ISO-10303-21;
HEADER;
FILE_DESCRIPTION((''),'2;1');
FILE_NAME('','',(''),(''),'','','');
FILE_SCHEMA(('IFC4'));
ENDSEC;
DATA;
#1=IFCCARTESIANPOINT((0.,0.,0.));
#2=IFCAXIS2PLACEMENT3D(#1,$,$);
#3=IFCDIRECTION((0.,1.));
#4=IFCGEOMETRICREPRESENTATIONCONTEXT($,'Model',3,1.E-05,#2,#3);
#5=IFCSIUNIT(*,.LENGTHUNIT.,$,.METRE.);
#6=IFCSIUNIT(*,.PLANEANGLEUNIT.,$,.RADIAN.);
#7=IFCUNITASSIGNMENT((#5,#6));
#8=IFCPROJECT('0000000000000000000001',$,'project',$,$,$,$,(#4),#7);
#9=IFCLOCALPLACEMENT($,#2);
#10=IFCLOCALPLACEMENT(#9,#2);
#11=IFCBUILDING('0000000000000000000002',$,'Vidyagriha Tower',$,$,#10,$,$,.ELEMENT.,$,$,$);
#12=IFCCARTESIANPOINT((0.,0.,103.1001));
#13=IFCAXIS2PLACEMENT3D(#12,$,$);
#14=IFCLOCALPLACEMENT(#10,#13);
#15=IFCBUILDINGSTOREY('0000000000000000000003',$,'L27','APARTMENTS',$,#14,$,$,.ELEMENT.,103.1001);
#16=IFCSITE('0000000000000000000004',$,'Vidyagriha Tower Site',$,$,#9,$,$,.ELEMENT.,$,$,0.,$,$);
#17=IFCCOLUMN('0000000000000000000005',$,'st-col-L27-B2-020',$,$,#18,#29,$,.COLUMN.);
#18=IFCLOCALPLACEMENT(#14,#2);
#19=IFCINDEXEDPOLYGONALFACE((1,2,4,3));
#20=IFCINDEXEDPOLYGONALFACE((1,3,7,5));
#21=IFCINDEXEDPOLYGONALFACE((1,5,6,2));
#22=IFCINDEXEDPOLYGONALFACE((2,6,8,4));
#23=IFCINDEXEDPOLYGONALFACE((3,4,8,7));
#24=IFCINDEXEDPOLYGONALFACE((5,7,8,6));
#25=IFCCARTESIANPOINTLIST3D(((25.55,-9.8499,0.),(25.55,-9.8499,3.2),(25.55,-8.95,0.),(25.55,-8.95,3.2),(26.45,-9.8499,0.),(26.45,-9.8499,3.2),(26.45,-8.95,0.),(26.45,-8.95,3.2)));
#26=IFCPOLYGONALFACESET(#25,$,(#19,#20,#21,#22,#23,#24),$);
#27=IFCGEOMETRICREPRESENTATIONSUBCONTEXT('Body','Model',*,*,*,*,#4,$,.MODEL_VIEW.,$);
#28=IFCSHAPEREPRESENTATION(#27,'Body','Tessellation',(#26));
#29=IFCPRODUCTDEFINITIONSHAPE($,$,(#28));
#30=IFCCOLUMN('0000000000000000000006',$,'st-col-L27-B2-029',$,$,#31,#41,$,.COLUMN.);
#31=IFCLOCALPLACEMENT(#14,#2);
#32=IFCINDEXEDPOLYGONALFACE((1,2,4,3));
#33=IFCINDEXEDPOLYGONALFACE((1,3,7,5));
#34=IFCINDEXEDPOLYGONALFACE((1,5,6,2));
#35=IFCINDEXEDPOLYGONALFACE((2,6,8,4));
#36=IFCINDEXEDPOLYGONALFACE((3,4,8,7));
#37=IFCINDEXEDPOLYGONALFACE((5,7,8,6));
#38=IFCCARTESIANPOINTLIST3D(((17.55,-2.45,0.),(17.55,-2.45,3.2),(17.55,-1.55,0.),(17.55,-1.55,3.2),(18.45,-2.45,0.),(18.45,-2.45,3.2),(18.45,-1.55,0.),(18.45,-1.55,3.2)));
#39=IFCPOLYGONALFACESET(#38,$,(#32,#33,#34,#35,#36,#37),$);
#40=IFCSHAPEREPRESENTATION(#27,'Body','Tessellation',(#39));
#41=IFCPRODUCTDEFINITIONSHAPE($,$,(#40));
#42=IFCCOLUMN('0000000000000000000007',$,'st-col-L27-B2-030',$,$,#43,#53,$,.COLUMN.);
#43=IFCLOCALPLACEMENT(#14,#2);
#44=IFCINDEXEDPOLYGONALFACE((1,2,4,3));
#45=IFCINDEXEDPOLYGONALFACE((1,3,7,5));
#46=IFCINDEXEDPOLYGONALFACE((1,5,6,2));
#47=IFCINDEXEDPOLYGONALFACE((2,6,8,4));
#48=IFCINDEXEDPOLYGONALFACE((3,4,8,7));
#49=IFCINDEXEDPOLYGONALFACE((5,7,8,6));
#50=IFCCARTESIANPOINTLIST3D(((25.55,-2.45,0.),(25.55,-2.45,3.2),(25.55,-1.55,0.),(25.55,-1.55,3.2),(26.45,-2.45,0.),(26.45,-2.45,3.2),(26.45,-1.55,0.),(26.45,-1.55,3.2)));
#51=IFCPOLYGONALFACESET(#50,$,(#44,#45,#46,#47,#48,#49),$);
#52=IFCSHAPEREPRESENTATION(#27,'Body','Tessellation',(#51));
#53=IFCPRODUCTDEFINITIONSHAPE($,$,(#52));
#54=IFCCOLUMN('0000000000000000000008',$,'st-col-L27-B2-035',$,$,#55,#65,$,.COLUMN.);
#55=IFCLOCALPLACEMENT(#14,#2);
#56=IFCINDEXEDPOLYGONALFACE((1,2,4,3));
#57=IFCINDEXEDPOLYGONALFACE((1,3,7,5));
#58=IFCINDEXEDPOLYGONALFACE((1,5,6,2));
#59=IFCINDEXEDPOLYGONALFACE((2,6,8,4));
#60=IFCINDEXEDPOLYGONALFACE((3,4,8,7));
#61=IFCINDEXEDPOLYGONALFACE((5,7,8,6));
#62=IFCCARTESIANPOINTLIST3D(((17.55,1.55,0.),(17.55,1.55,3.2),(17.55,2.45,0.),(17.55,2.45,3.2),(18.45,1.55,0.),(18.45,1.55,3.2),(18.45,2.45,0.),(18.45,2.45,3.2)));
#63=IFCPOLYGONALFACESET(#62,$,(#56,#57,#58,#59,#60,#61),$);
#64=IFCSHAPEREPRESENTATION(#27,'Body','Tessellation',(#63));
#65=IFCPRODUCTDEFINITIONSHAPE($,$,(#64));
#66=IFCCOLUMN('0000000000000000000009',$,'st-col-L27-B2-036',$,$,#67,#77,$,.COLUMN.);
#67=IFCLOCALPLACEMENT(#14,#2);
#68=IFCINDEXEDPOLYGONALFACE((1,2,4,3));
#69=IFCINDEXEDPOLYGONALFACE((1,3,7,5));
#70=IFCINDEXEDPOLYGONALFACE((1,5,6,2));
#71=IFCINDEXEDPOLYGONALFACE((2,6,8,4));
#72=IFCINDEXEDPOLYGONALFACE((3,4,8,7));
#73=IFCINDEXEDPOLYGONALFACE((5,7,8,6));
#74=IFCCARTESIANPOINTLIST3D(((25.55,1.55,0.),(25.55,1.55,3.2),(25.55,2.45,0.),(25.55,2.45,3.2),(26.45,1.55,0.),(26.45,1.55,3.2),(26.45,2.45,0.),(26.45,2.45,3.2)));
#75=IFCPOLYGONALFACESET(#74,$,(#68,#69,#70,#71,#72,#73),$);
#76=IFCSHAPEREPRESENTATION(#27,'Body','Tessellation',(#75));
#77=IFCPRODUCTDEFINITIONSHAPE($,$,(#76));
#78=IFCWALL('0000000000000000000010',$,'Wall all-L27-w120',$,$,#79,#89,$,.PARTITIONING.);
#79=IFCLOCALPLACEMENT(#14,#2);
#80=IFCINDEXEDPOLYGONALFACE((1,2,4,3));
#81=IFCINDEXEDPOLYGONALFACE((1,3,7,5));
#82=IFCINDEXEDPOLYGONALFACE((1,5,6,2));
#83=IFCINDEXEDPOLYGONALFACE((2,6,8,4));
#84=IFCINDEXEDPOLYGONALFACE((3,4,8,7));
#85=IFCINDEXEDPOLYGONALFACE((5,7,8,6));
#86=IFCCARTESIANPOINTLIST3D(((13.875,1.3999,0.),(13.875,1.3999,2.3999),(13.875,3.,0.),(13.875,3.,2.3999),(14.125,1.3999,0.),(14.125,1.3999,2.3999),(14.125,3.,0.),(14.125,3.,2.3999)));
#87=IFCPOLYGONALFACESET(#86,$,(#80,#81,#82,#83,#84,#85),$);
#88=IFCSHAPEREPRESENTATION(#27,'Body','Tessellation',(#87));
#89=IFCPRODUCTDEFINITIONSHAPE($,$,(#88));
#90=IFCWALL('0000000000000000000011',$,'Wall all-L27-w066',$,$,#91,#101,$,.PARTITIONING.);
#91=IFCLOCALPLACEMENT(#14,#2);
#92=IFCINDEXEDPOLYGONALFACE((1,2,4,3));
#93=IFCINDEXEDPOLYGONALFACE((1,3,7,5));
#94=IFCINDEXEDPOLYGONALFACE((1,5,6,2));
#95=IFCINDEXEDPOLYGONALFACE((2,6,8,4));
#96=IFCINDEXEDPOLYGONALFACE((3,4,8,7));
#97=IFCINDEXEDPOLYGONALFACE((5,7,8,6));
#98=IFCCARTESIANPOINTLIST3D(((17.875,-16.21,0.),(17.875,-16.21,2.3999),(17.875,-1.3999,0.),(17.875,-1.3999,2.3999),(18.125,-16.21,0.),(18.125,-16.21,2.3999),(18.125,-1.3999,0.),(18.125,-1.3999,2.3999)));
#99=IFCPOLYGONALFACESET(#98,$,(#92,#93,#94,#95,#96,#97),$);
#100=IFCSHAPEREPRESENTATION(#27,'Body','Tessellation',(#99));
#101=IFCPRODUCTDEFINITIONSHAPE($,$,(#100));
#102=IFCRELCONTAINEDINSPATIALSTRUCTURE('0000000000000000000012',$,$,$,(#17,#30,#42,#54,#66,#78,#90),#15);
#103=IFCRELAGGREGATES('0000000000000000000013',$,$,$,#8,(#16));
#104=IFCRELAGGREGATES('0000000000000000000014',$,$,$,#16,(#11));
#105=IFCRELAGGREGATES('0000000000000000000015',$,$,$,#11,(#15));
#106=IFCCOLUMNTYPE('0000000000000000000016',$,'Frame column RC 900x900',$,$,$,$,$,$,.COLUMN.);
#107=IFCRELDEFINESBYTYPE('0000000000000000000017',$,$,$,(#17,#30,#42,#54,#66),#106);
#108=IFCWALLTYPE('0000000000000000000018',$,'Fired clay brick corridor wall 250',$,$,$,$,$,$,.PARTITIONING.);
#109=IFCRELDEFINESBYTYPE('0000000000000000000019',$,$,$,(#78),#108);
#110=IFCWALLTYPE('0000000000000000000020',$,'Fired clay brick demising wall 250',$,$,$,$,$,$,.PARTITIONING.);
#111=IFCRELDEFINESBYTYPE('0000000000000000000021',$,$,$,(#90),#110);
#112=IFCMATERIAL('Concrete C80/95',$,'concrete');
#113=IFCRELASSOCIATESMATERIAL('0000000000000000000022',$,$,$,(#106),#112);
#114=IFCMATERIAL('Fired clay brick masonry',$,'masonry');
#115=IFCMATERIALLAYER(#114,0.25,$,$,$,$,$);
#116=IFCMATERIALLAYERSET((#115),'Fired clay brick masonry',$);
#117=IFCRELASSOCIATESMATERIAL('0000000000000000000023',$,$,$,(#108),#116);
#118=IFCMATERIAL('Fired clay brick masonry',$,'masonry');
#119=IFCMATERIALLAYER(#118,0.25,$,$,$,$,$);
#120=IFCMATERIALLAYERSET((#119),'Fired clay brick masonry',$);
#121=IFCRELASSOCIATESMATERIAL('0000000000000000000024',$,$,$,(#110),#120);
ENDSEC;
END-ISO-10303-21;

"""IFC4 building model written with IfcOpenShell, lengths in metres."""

from ifc_helpers import new_model, si_unit, direction, frame, frame_2d, origin, origin_2d, place, context, subcontext, project, spatial, rectangle, extrude, material, layer, layer_set, material_profile, profile_set, type_object, element, save


model = new_model("IFC4")

# Units and contexts
model_context = context("Model", 3, precision=1e-05, world=origin(), true_north=direction((0.0, 1.0)))
body_context = subcontext(model_context, "Body", "Model", "MODEL_VIEW")
ifc_project = project(units=[si_unit("LENGTHUNIT", "METRE"), si_unit("PLANEANGLEUNIT", "RADIAN")], contexts=[model_context])

# Site, building, storey
site_placement = place(None, origin())
site = spatial("IfcSite", under=ifc_project, at=site_placement, Name="Vidyagriha Tower Site", CompositionType="ELEMENT", RefElevation=0.0)
building_placement = place(site_placement, origin())
building = spatial("IfcBuilding", under=site, at=building_placement, Name="Vidyagriha Tower", CompositionType="ELEMENT")
storey_placement = place(building_placement, frame((0.0, 0.0, 103.1001)))
storey = spatial("IfcBuildingStorey", under=building, at=storey_placement, Name="L27", Description="APARTMENTS", CompositionType="ELEMENT", Elevation=103.1001)

# Columns
ifc_material_1 = material(Name="Concrete C80/95", Category="concrete")
ifc_material_profile = material_profile(ifc_material_1, rectangle(XDim=0.8999, YDim=0.8999, at=origin_2d()), Name="RC 900x900")
ifc_profile_set = profile_set([ifc_material_profile], Name="Concrete C80/95")
column_type = type_object("IfcColumnType", Name="Frame column RC 900x900", PredefinedType="COLUMN", material=ifc_profile_set)
for number, where, name in (
    (1, (26.0, -9.3999, 0.0), "st-col-L27-B2-020"),
    (2, (18.0, -2.0, 0.0), "st-col-L27-B2-029"),
    (3, (26.0, -2.0, 0.0), "st-col-L27-B2-030"),
    (4, (18.0, 2.0, 0.0), "st-col-L27-B2-035"),
    (5, (26.0, 2.0, 0.0), "st-col-L27-B2-036"),
):
    element("IfcColumn", number, at=place(storey_placement, frame(where)), inside=storey, type_object=column_type, Name=name, PredefinedType="COLUMN", context=body_context, shape_type="SweptSolid", body=[
        extrude(rectangle(XDim=0.8999, YDim=0.8999, at=origin_2d()), origin(), (0.0, 0.0, 1.0), 3.2),
    ])

# Walls
ifc_material_2 = material(Name="Fired clay brick masonry", Category="masonry")
ifc_layer_1 = layer(ifc_material_2, 0.25)
ifc_layer_set_1 = layer_set([ifc_layer_1], Name="Fired clay brick masonry")
wall_type_1 = type_object("IfcWallType", Name="Fired clay brick corridor wall 250", PredefinedType="PARTITIONING", material=ifc_layer_set_1)
wall_1_placement = place(storey_placement, frame((14.0, 1.3999, 0.0), z_axis=(0.0, 0.0, 1.0), x_axis=(0.0, 1.0, 0.0)))
element("IfcWall", 6, at=wall_1_placement, inside=storey, type_object=wall_type_1, Name="Wall all-L27-w120", PredefinedType="PARTITIONING", context=body_context, shape_type="SweptSolid", body=[
    extrude(rectangle(XDim=1.6001, YDim=0.25, at=frame_2d((0.8, 0.0))), origin(), (0.0, 0.0, 1.0), 2.3999),
])
ifc_material_3 = material(Name="Fired clay brick masonry", Category="masonry")
ifc_layer_2 = layer(ifc_material_3, 0.25)
ifc_layer_set_2 = layer_set([ifc_layer_2], Name="Fired clay brick masonry")
wall_type_2 = type_object("IfcWallType", Name="Fired clay brick demising wall 250", PredefinedType="PARTITIONING", material=ifc_layer_set_2)
wall_2_placement = place(storey_placement, frame((18.0, -1.3999, 0.0), z_axis=(0.0, 0.0, 1.0), x_axis=(0.0, -1.0, 0.0)))
element("IfcWall", 7, at=wall_2_placement, inside=storey, type_object=wall_type_2, Name="Wall all-L27-w066", PredefinedType="PARTITIONING", context=body_context, shape_type="SweptSolid", body=[
    extrude(rectangle(XDim=14.8101, YDim=0.25, at=frame_2d((7.405, 0.0))), origin(), (0.0, 0.0, 1.0), 2.3999),
])

save(model, "model.ifc")
